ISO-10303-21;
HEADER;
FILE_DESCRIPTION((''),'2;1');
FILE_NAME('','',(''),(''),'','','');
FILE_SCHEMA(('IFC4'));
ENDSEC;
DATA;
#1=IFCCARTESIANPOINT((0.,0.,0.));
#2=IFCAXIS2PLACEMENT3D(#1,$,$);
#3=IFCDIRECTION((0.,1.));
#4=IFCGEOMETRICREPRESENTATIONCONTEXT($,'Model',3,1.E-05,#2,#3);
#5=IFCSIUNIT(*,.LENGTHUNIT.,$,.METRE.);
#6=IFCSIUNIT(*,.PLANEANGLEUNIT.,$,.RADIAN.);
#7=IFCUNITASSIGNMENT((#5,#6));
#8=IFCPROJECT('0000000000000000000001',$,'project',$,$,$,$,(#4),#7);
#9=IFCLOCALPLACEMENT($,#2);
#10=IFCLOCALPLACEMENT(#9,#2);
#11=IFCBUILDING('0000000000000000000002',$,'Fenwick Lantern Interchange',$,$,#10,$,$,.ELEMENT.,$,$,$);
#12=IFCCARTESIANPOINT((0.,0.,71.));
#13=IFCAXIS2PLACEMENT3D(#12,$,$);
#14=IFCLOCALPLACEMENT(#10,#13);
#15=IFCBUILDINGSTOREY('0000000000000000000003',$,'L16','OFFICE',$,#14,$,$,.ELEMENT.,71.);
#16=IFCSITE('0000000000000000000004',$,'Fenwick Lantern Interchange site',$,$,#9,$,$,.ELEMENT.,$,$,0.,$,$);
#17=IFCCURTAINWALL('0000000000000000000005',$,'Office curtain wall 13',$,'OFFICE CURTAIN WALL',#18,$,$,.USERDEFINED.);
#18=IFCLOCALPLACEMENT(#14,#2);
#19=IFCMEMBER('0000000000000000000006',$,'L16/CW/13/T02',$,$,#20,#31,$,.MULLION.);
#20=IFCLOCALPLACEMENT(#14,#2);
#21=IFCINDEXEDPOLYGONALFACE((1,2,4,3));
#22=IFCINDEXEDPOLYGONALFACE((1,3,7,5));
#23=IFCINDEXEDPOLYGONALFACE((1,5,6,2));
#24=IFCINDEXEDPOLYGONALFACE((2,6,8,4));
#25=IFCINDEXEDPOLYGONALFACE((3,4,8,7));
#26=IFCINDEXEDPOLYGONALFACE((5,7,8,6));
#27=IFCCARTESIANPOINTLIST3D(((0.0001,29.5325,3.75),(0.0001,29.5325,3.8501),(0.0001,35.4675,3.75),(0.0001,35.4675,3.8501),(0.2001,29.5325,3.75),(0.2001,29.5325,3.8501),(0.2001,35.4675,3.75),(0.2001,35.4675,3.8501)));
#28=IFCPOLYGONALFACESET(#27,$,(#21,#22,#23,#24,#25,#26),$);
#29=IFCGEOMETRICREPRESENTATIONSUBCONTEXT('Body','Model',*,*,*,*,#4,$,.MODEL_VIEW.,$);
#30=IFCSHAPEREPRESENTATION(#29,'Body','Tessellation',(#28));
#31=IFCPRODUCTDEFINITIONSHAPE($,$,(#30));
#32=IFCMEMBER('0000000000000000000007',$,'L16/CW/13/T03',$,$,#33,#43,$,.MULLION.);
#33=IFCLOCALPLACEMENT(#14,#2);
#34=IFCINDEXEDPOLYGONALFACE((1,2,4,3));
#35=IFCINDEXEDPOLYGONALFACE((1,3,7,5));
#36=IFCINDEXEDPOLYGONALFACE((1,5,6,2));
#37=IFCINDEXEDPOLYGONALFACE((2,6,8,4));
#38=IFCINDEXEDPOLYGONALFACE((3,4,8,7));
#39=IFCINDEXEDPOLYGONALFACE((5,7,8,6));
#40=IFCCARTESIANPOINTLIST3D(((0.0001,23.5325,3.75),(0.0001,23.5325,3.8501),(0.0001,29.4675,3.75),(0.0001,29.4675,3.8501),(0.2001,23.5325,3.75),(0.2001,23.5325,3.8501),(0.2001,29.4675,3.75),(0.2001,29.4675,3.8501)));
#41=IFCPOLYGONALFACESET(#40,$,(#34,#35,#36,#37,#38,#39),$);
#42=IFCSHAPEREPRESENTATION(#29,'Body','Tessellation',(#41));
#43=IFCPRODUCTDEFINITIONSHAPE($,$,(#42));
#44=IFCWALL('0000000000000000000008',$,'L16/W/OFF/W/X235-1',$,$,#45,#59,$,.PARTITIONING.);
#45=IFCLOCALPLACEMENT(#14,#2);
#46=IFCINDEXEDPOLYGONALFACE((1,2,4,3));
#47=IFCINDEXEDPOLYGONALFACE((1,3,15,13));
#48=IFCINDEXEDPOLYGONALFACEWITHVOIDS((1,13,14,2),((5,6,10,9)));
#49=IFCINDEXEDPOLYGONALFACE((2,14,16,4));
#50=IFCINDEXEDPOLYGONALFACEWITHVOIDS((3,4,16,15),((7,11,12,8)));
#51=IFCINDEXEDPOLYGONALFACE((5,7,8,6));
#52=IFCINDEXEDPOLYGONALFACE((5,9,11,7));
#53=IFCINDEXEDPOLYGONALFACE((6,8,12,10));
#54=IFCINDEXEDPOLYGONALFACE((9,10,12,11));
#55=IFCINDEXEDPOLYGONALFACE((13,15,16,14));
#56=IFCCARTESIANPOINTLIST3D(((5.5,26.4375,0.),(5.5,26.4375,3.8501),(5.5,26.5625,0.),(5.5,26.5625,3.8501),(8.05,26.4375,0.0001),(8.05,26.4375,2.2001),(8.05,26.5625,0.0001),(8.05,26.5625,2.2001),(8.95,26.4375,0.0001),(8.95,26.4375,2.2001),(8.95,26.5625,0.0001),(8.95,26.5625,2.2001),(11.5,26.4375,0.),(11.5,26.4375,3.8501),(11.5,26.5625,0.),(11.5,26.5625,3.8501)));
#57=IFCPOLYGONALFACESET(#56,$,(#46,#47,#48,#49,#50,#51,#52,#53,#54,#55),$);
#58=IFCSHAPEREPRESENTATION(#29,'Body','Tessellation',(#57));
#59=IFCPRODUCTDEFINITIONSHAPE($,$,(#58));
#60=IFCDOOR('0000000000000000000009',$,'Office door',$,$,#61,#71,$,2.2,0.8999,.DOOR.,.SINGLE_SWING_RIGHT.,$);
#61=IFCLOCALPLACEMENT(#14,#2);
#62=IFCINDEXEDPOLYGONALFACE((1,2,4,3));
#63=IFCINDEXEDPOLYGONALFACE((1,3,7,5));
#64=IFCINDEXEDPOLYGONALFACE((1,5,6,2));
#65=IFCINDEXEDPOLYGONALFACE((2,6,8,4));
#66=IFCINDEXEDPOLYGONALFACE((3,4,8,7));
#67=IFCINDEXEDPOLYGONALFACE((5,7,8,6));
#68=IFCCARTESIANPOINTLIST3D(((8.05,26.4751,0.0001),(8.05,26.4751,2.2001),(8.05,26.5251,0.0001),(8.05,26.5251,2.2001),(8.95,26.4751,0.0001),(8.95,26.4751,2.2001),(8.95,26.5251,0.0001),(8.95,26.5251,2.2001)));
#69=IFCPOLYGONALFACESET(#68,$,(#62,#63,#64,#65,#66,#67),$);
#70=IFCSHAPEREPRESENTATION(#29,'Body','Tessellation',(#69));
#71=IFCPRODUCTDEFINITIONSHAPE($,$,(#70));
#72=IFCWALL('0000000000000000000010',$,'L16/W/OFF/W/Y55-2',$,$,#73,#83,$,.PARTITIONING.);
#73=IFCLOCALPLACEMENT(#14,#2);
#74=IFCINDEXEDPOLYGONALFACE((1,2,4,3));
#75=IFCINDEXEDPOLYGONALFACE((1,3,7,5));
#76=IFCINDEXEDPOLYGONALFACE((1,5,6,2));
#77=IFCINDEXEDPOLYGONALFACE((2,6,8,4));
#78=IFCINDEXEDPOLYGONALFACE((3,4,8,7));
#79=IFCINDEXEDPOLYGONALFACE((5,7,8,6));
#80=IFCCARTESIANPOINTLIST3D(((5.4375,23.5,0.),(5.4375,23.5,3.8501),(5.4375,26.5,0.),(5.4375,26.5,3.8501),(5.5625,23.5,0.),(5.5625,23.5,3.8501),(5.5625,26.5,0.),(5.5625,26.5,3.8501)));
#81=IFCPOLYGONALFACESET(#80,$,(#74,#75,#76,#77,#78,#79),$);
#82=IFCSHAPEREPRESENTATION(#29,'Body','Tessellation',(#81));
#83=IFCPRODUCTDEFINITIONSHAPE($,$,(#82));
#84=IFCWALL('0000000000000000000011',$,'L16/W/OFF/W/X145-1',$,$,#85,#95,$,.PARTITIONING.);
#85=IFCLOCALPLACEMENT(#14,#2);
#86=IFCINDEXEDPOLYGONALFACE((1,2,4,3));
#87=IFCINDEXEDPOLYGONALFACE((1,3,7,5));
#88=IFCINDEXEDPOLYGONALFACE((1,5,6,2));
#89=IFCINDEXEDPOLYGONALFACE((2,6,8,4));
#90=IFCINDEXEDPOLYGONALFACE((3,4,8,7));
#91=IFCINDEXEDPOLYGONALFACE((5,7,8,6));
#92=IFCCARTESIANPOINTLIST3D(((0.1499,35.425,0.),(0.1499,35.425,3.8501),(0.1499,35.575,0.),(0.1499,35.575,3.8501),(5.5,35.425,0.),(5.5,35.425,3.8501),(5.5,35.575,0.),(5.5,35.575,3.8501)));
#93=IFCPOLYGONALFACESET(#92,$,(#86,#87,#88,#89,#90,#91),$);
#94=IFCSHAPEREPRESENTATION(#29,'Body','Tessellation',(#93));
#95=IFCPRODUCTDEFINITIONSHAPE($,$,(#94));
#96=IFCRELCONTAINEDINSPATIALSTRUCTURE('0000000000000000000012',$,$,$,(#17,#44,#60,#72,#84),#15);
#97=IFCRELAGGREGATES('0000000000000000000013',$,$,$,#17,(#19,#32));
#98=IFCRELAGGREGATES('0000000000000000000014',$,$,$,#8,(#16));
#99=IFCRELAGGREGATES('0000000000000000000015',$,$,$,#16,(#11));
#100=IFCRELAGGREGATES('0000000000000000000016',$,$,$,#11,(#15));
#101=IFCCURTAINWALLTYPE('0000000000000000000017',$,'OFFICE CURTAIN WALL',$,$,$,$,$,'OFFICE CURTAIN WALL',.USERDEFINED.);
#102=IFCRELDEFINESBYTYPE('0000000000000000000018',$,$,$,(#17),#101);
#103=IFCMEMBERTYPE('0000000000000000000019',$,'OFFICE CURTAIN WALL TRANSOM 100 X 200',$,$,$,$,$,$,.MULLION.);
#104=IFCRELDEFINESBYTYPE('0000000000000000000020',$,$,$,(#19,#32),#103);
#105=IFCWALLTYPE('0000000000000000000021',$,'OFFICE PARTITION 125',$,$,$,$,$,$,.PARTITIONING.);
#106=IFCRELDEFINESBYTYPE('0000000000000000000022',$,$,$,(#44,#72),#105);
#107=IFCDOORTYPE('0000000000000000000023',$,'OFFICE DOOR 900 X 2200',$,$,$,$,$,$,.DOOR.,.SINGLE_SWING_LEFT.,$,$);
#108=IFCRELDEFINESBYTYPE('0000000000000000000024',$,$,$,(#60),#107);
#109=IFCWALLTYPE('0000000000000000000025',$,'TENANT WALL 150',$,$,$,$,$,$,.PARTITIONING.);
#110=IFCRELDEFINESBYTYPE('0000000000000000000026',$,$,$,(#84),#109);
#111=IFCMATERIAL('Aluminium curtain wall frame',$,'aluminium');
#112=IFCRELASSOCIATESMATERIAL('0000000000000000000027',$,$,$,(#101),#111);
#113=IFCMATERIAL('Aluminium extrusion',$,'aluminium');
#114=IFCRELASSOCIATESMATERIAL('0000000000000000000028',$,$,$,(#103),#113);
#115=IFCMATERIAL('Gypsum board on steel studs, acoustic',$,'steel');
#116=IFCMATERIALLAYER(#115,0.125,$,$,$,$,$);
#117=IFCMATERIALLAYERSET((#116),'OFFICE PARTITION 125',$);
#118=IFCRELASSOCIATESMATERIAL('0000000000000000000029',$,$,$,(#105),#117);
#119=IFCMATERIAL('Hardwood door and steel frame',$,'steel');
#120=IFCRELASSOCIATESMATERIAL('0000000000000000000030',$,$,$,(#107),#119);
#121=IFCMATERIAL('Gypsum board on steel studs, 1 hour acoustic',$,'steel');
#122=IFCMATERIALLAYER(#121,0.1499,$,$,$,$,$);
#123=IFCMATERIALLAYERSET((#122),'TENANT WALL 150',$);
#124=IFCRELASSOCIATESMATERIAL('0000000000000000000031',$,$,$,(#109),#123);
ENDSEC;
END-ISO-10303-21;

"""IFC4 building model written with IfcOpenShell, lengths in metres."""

from ifc_helpers import new_model, si_unit, direction, frame, frame_2d, origin, origin_2d, place, context, subcontext, project, spatial, rectangle, extrude, material, layer, layer_set, material_profile, profile_set, type_object, element, fill, aggregate, save


model = new_model("IFC4")

# Units and contexts
model_context = context("Model", 3, precision=1e-05, world=origin(), true_north=direction((0.0, 1.0)))
body_context = subcontext(model_context, "Body", "Model", "MODEL_VIEW")
ifc_project = project(units=[si_unit("LENGTHUNIT", "METRE"), si_unit("PLANEANGLEUNIT", "RADIAN")], contexts=[model_context])

# Site, building, storey
site_placement = place(None, origin())
site = spatial("IfcSite", under=ifc_project, at=site_placement, Name="Fenwick Lantern Interchange site", CompositionType="ELEMENT", RefElevation=0.0)
building_placement = place(site_placement, origin())
building = spatial("IfcBuilding", under=site, at=building_placement, Name="Fenwick Lantern Interchange", CompositionType="ELEMENT")
storey_placement = place(building_placement, frame((0.0, 0.0, 71.0)))
storey = spatial("IfcBuildingStorey", under=building, at=storey_placement, Name="L16", Description="OFFICE", CompositionType="ELEMENT", Elevation=71.0)

# Curtain wall, members
ifc_material_1 = material(Name="Aluminium curtain wall frame", Category="aluminium")
curtain_wall_type = type_object("IfcCurtainWallType", Name="OFFICE CURTAIN WALL", ElementType="OFFICE CURTAIN WALL", PredefinedType="USERDEFINED", material=ifc_material_1)
curtain_wall_placement = place(storey_placement, origin())
curtain_wall = element("IfcCurtainWall", 1, at=curtain_wall_placement, inside=storey, type_object=curtain_wall_type, Name="Office curtain wall 13", ObjectType="OFFICE CURTAIN WALL", PredefinedType="USERDEFINED")
ifc_material_2 = material(Name="Aluminium extrusion", Category="aluminium")
ifc_material_profile_1 = material_profile(ifc_material_2, rectangle(XDim=0.2, YDim=0.1001, at=origin_2d()), Name="OFFICE CURTAIN WALL TRANSOM 100 X 200")
ifc_profile_set_1 = profile_set([ifc_material_profile_1], Name="Aluminium extrusion")
member_type_1 = type_object("IfcMemberType", Name="OFFICE CURTAIN WALL TRANSOM 100 X 200", PredefinedType="MULLION", material=ifc_profile_set_1)
member_1_placement = place(storey_placement, frame((0.1001, 35.4675, 3.8), z_axis=(0.0, -1.0, 0.0), x_axis=(1.0, 0.0, 0.0)))
member_1 = element("IfcMember", 2, at=member_1_placement, type_object=member_type_1, Name="L16/CW/13/T02", PredefinedType="MULLION", context=body_context, shape_type="SweptSolid", body=[
    extrude(rectangle(XDim=0.2, YDim=0.1001, at=origin_2d()), origin(), (0.0, 0.0, 1.0), 5.9351),
])
member_2_placement = place(storey_placement, frame((0.1001, 29.4675, 3.8), z_axis=(0.0, -1.0, 0.0), x_axis=(1.0, 0.0, 0.0)))
member_2 = element("IfcMember", 3, at=member_2_placement, type_object=member_type_1, Name="L16/CW/13/T03", PredefinedType="MULLION", context=body_context, shape_type="SweptSolid", body=[
    extrude(rectangle(XDim=0.2, YDim=0.1001, at=origin_2d()), origin(), (0.0, 0.0, 1.0), 5.9351),
])
aggregate(curtain_wall, [member_1, member_2])

# Wall, opening, door
ifc_material_3 = material(Name="Gypsum board on steel studs, acoustic", Category="steel")
ifc_layer_1 = layer(ifc_material_3, 0.125)
ifc_layer_set_1 = layer_set([ifc_layer_1], Name="OFFICE PARTITION 125")
wall_type_1 = type_object("IfcWallType", Name="OFFICE PARTITION 125", PredefinedType="PARTITIONING", material=ifc_layer_set_1)
wall_1_placement = place(storey_placement, frame((5.5, 26.5, 0.0), z_axis=(0.0, 0.0, 1.0), x_axis=(1.0, 0.0, 0.0)))
wall_1 = element("IfcWall", 4, at=wall_1_placement, inside=storey, type_object=wall_type_1, Name="L16/W/OFF/W/X235-1", PredefinedType="PARTITIONING", context=body_context, shape_type="SweptSolid", body=[
    extrude(rectangle(XDim=6.0, YDim=0.125, at=frame_2d((3.0, 0.0))), origin(), (0.0, 0.0, 1.0), 3.8501),
])
opening_placement = place(wall_1_placement, frame((2.55, 0.0, 0.0)))
opening = element("IfcOpeningElement", 5, at=opening_placement, cuts=wall_1, PredefinedType="OPENING", context=body_context, shape_type="SweptSolid", body=[
    extrude(rectangle(XDim=0.8999, YDim=2.2, at=frame_2d((0.45, 1.1001))), frame((0.0, 0.0725, 0.0), z_axis=(0.0, -1.0, 0.0), x_axis=(1.0, 0.0, 0.0)), (0.0, 0.0, 1.0), 0.145),
])
ifc_material_4 = material(Name="Hardwood door and steel frame", Category="steel")
door_type = type_object("IfcDoorType", Name="OFFICE DOOR 900 X 2200", OperationType="SINGLE_SWING_LEFT", PredefinedType="DOOR", material=ifc_material_4)
door_placement = place(opening_placement, frame((0.8999, 0.0, 0.0), z_axis=(0.0, 0.0, 1.0), x_axis=(-1.0, 0.0, 0.0)))
door = element("IfcDoor", 6, at=door_placement, inside=storey, type_object=door_type, Name="Office door", OperationType="SINGLE_SWING_RIGHT", OverallHeight=2.2, OverallWidth=0.8999, PredefinedType="DOOR", context=body_context, shape_type="SweptSolid", body=[
    extrude(rectangle(XDim=0.8999, YDim=2.2, at=frame_2d((0.45, 1.1001))), frame((0.0, 0.0249, 0.0), z_axis=(0.0, -1.0, 0.0), x_axis=(1.0, 0.0, 0.0)), (0.0, 0.0, 1.0), 0.05),
])
fill(opening, door)

# Walls
wall_2_placement = place(storey_placement, frame((5.5, 26.5, 0.0), z_axis=(0.0, 0.0, 1.0), x_axis=(0.0, -1.0, 0.0)))
element("IfcWall", 7, at=wall_2_placement, inside=storey, type_object=wall_type_1, Name="L16/W/OFF/W/Y55-2", PredefinedType="PARTITIONING", context=body_context, shape_type="SweptSolid", body=[
    extrude(rectangle(XDim=3.0, YDim=0.125, at=frame_2d((1.5, 0.0))), origin(), (0.0, 0.0, 1.0), 3.8501),
])
ifc_material_5 = material(Name="Gypsum board on steel studs, 1 hour acoustic", Category="steel")
ifc_layer_2 = layer(ifc_material_5, 0.1499)
ifc_layer_set_2 = layer_set([ifc_layer_2], Name="TENANT WALL 150")
wall_type_2 = type_object("IfcWallType", Name="TENANT WALL 150", PredefinedType="PARTITIONING", material=ifc_layer_set_2)
wall_3_placement = place(storey_placement, frame((0.1499, 35.5, 0.0), z_axis=(0.0, 0.0, 1.0), x_axis=(1.0, 0.0, 0.0)))
element("IfcWall", 8, at=wall_3_placement, inside=storey, type_object=wall_type_2, Name="L16/W/OFF/W/X145-1", PredefinedType="PARTITIONING", context=body_context, shape_type="SweptSolid", body=[
    extrude(rectangle(XDim=5.3501, YDim=0.1499, at=frame_2d((2.675, 0.0))), origin(), (0.0, 0.0, 1.0), 3.8501),
])

save(model, "model.ifc")
